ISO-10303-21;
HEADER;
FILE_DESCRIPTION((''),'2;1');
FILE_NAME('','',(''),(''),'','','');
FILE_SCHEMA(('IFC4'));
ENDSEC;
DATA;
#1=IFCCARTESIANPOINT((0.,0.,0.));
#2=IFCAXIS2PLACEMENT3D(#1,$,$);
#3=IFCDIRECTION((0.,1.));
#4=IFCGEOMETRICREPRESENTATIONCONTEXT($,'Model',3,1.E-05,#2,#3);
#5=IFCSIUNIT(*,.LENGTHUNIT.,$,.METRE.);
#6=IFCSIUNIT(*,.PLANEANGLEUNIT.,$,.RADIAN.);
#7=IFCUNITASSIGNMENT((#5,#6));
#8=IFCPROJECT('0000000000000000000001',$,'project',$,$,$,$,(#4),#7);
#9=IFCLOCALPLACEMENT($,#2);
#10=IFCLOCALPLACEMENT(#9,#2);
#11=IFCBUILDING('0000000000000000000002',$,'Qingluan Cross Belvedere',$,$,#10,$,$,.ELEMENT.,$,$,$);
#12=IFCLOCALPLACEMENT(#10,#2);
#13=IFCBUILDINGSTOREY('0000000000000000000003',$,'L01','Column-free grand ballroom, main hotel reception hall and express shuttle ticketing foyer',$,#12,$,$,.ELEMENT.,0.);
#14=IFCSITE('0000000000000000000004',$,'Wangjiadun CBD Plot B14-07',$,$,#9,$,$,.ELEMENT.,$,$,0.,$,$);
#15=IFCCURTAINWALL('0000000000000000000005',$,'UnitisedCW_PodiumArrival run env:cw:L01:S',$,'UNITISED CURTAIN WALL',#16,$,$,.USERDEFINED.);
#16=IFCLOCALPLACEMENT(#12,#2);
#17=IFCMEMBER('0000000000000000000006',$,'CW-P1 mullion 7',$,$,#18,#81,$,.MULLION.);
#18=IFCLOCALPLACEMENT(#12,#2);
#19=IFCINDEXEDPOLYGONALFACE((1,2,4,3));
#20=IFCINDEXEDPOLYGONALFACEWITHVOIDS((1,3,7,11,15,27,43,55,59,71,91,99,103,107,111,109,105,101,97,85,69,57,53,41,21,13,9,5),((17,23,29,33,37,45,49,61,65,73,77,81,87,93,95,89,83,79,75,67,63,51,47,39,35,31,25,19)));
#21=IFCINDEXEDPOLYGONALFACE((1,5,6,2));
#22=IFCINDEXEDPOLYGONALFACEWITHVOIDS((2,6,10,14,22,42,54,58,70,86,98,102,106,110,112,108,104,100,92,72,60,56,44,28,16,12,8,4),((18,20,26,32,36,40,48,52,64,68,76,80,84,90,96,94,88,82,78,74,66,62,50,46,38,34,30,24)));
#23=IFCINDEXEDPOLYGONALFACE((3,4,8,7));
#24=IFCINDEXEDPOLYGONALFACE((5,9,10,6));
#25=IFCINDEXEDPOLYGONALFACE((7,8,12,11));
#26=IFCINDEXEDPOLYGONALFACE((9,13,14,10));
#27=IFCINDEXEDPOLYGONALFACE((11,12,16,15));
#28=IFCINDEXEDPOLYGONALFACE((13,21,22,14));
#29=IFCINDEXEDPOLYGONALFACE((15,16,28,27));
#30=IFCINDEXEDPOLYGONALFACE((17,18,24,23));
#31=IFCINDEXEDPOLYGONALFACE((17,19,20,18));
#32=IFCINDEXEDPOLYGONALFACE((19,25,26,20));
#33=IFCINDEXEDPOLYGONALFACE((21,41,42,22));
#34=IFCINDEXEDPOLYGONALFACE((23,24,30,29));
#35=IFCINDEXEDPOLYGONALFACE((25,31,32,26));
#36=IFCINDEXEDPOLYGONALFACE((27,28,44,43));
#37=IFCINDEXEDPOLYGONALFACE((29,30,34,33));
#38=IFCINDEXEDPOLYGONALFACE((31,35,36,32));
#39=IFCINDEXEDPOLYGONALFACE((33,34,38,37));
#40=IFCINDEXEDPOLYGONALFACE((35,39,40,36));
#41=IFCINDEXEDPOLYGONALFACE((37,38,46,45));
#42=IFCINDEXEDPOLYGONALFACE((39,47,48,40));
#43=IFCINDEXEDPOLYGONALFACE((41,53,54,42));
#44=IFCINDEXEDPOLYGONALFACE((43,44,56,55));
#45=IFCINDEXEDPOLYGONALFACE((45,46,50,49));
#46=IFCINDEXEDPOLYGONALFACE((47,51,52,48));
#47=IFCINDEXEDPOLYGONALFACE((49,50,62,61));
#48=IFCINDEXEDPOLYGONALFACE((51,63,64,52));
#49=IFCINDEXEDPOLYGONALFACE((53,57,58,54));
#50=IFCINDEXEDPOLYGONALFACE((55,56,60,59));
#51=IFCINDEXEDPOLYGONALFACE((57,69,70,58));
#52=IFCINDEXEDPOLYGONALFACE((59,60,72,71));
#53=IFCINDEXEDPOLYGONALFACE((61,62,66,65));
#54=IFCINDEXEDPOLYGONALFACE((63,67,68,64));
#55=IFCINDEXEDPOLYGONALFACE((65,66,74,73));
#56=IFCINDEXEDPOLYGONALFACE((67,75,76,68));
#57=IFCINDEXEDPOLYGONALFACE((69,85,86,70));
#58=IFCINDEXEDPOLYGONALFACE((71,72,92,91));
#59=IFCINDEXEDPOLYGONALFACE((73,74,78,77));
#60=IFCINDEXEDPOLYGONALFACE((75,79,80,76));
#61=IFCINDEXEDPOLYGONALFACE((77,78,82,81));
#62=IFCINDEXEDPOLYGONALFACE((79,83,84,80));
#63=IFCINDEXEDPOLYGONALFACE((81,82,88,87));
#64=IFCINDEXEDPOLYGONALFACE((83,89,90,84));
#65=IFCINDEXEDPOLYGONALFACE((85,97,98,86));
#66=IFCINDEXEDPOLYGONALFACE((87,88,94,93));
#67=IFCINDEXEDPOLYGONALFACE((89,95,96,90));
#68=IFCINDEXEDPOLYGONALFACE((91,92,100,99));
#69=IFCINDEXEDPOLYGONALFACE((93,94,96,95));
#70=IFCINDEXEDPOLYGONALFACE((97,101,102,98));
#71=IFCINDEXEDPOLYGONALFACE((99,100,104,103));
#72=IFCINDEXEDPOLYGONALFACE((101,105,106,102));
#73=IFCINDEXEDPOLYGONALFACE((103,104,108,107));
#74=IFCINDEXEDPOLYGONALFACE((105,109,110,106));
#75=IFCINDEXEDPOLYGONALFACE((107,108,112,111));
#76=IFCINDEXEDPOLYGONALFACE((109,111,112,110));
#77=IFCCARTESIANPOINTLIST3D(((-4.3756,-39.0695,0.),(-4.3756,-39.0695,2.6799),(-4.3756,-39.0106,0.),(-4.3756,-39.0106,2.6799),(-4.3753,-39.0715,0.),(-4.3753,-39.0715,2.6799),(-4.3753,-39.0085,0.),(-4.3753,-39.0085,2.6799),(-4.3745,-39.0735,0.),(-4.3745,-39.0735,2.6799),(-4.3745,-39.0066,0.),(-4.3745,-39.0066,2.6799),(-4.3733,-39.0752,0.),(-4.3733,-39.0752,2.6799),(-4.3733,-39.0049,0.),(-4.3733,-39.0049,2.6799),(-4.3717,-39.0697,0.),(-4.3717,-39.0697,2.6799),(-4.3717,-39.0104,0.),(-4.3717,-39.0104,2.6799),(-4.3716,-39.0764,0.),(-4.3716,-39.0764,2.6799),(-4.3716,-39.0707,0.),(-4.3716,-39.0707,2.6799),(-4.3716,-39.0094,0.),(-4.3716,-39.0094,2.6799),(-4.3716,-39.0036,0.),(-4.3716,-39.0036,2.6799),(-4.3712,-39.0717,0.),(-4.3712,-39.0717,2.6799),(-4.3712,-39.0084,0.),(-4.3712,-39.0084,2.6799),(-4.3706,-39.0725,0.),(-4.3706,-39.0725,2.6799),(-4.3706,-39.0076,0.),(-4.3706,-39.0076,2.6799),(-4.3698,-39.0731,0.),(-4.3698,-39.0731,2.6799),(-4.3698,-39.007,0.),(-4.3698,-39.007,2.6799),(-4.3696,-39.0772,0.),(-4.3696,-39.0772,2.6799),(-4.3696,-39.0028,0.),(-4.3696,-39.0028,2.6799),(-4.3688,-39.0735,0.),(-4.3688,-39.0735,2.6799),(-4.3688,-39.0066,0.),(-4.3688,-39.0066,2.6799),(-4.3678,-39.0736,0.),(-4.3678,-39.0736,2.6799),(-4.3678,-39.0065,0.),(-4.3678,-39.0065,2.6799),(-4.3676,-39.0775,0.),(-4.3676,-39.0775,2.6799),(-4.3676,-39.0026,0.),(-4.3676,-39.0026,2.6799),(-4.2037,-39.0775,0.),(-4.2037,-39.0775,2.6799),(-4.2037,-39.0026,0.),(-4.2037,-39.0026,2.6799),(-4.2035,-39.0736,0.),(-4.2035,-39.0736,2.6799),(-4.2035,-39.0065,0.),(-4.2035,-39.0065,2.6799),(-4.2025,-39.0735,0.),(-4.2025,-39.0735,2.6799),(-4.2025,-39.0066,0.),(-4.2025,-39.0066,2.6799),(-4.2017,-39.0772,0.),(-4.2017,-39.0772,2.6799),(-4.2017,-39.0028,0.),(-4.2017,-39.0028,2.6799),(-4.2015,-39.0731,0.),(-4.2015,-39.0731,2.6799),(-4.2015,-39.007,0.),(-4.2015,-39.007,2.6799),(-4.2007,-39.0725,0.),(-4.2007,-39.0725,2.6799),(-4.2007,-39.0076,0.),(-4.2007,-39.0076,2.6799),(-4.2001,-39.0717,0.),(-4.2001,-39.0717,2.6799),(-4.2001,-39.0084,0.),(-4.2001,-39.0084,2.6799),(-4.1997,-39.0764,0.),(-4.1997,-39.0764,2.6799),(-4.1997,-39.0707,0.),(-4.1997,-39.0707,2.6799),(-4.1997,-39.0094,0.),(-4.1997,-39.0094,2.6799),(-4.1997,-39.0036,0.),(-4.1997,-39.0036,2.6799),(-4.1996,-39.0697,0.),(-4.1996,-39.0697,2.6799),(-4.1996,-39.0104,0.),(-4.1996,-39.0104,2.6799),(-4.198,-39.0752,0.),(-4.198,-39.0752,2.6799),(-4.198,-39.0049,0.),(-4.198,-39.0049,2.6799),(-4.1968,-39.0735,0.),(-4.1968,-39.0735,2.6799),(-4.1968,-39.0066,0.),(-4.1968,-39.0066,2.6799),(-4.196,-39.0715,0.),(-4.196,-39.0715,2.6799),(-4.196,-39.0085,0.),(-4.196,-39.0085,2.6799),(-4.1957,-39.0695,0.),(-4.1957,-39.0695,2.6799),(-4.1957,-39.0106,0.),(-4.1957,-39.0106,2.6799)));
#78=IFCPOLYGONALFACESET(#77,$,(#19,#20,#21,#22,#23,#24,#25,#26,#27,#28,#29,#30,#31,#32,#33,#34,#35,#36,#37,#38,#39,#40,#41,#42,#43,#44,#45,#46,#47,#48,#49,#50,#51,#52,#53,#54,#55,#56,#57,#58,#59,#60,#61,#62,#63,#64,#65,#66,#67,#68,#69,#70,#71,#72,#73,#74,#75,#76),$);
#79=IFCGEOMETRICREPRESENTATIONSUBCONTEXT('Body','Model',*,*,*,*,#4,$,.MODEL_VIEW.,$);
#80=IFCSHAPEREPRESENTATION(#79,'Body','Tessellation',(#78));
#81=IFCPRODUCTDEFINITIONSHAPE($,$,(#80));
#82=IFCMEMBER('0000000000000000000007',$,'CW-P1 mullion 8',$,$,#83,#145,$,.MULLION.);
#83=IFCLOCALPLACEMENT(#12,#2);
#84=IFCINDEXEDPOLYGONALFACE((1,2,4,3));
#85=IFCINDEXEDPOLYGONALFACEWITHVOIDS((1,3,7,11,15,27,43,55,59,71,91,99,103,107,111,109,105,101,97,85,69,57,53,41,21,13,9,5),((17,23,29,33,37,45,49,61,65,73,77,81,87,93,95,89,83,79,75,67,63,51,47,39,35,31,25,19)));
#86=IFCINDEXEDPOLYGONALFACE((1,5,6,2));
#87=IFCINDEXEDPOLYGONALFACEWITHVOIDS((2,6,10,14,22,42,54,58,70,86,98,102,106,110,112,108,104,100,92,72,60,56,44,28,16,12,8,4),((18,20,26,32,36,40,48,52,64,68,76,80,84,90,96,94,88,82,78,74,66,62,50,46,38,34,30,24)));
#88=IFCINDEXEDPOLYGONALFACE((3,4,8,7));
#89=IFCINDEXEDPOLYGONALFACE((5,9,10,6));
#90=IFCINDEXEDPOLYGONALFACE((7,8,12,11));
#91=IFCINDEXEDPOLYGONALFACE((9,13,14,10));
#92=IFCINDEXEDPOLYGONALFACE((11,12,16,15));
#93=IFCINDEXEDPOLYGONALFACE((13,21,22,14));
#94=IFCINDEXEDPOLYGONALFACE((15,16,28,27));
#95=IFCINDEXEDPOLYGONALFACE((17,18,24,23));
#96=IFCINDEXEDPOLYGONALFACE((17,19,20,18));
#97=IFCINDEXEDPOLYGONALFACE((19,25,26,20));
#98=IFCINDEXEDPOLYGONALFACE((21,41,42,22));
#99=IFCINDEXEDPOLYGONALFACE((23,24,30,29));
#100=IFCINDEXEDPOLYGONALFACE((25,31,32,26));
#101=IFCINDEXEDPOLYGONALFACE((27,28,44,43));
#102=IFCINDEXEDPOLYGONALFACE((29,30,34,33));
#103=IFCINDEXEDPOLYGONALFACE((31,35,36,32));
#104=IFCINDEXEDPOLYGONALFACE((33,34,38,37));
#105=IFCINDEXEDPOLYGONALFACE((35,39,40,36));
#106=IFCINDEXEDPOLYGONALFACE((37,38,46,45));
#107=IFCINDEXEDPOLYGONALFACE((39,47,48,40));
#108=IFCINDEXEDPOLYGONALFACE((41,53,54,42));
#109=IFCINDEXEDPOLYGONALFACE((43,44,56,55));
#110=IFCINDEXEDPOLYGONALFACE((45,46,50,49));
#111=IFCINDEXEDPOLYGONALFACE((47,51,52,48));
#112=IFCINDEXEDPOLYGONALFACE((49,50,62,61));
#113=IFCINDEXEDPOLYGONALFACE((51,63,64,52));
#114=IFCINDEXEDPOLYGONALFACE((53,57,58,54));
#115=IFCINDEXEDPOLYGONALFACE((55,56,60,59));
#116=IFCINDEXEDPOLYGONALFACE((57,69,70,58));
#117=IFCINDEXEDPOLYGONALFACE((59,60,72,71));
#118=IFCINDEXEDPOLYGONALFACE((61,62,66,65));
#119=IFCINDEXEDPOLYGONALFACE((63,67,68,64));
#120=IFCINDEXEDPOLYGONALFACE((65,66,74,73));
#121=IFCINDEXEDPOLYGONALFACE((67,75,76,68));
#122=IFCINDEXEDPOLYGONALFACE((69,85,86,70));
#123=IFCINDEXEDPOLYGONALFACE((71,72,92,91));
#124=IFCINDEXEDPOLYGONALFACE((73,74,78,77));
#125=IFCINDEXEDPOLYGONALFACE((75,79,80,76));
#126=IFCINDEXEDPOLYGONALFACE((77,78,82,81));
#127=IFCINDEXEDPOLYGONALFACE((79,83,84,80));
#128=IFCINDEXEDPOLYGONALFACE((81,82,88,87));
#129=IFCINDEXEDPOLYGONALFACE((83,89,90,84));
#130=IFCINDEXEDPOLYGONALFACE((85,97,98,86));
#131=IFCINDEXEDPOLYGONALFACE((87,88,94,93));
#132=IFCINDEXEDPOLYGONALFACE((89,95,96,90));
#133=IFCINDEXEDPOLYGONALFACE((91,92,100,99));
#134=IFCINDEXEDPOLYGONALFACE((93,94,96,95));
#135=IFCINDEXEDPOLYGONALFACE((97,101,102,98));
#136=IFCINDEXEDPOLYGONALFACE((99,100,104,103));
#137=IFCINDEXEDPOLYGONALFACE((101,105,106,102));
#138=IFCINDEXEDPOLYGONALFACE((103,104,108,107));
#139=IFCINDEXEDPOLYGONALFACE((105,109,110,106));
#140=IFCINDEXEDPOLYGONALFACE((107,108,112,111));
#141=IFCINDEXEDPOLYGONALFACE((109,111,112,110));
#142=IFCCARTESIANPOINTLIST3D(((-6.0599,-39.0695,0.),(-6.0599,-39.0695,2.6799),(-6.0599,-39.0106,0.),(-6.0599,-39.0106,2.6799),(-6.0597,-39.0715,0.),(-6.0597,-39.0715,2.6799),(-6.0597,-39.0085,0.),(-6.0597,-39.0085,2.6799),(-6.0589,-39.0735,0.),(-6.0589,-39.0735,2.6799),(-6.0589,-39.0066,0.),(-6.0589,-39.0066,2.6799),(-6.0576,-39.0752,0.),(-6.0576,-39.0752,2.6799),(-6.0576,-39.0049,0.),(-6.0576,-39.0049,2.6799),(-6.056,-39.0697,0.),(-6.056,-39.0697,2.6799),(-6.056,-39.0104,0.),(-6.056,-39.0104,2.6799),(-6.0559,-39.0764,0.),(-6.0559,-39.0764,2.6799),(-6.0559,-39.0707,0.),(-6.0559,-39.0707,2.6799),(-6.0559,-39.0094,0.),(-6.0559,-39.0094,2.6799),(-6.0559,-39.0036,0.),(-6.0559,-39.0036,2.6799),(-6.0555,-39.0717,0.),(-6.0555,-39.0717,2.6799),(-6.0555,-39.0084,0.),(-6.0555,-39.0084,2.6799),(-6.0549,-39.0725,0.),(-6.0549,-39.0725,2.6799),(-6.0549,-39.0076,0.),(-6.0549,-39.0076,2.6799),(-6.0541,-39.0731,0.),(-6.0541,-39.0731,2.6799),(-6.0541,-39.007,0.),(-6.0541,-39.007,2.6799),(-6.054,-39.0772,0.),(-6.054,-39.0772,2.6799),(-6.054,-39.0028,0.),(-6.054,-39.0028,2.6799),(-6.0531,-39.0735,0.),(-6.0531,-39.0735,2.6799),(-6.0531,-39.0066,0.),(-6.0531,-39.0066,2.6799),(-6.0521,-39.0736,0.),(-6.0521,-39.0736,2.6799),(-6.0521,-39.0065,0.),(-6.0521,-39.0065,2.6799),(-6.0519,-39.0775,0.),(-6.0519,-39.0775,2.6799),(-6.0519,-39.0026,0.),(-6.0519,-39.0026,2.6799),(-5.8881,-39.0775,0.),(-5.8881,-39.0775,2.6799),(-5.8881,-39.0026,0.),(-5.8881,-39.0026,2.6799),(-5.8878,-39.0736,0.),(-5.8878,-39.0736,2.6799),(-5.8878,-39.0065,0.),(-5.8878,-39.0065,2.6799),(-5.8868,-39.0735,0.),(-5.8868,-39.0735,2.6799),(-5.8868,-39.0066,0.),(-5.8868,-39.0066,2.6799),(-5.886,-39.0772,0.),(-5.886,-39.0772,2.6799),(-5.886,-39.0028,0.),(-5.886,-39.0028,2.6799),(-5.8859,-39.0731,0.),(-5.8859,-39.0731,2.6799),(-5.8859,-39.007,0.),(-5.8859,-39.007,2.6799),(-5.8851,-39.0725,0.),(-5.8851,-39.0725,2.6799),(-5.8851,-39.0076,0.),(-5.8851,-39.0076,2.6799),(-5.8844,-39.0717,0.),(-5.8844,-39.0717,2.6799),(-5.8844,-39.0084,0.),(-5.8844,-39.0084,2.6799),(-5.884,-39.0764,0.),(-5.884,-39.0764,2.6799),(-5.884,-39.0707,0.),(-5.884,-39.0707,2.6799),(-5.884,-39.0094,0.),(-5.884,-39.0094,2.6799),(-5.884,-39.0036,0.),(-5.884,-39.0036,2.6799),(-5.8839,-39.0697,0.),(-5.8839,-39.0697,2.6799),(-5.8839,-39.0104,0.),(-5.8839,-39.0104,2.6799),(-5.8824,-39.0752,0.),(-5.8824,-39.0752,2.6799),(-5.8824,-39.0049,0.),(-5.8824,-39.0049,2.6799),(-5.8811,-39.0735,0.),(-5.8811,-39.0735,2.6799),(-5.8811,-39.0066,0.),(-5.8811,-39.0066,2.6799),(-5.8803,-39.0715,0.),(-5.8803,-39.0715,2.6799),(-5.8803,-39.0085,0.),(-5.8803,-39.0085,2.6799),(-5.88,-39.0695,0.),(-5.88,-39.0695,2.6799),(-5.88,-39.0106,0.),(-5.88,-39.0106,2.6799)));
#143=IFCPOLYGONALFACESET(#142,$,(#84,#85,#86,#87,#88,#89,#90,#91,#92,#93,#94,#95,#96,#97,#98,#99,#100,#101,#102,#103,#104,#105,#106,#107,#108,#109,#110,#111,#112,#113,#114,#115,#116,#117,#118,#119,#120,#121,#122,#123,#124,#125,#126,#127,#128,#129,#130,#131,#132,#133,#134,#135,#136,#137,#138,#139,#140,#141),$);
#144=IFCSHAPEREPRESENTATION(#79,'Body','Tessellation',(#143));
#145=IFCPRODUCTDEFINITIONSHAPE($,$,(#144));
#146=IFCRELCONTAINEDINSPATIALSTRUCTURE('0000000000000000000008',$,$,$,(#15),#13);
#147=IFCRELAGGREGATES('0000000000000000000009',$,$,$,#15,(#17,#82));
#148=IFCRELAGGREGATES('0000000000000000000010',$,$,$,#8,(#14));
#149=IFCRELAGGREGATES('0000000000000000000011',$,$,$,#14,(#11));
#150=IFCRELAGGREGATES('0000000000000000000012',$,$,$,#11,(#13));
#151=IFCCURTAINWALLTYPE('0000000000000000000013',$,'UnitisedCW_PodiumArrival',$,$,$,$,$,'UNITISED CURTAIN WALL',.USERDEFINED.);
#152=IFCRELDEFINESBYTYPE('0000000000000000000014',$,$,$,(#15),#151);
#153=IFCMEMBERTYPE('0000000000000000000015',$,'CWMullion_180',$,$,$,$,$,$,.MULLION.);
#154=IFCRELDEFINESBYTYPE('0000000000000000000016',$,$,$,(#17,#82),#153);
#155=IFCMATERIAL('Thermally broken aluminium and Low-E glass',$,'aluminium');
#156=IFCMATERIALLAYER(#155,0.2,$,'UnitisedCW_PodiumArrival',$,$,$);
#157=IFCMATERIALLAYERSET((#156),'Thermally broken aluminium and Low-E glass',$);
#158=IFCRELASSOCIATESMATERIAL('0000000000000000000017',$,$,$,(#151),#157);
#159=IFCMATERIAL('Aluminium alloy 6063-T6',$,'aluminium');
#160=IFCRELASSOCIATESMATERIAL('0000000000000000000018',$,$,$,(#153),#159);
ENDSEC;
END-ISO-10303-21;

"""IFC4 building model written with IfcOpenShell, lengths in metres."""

from ifc_helpers import new_model, si_unit, direction, frame, origin, origin_2d, place, context, subcontext, project, spatial, hollow_rectangle, extrude, material, layer, layer_set, material_profile, profile_set, type_object, element, aggregate, save


model = new_model("IFC4")

# Units and contexts
model_context = context("Model", 3, precision=1e-05, world=origin(), true_north=direction((0.0, 1.0)))
body_context = subcontext(model_context, "Body", "Model", "MODEL_VIEW")
ifc_project = project(units=[si_unit("LENGTHUNIT", "METRE"), si_unit("PLANEANGLEUNIT", "RADIAN")], contexts=[model_context])

# Site, building, storey
site_placement = place(None, origin())
site = spatial("IfcSite", under=ifc_project, at=site_placement, Name="Wangjiadun CBD Plot B14-07", CompositionType="ELEMENT", RefElevation=0.0)
building_placement = place(site_placement, origin())
building = spatial("IfcBuilding", under=site, at=building_placement, Name="Qingluan Cross Belvedere", CompositionType="ELEMENT")
storey_placement = place(building_placement, origin())
storey = spatial("IfcBuildingStorey", under=building, at=storey_placement, Name="L01", Description="Column-free grand ballroom, main hotel reception hall and express shuttle ticketing foyer", CompositionType="ELEMENT", Elevation=0.0)

# Curtain wall, members
ifc_material_1 = material(Name="Thermally broken aluminium and Low-E glass", Category="aluminium")
ifc_layer_1 = layer(ifc_material_1, 0.2, Name="UnitisedCW_PodiumArrival")
ifc_layer_set_1 = layer_set([ifc_layer_1], Name="Thermally broken aluminium and Low-E glass")
curtain_wall_type = type_object("IfcCurtainWallType", Name="UnitisedCW_PodiumArrival", ElementType="UNITISED CURTAIN WALL", PredefinedType="USERDEFINED", material=ifc_layer_set_1)
curtain_wall_placement = place(storey_placement, origin())
curtain_wall = element("IfcCurtainWall", 1, at=curtain_wall_placement, inside=storey, type_object=curtain_wall_type, Name="UnitisedCW_PodiumArrival run env:cw:L01:S", ObjectType="UNITISED CURTAIN WALL", PredefinedType="USERDEFINED")
ifc_material_2 = material(Name="Aluminium alloy 6063-T6", Category="aluminium")
ifc_material_profile_1 = material_profile(ifc_material_2, hollow_rectangle(XDim=0.075, YDim=0.1799, WallThickness=0.0039, InnerFilletRadius=0.0039, OuterFilletRadius=0.0081, at=origin_2d()), Name="CWM180x75x4")
ifc_profile_set_1 = profile_set([ifc_material_profile_1], Name="Aluminium alloy 6063-T6")
member_type_1 = type_object("IfcMemberType", Name="CWMullion_180", PredefinedType="MULLION", material=ifc_profile_set_1)
member_1_placement = place(storey_placement, frame((-4.2856, -39.04, 0.0), z_axis=(0.0, 0.0, 1.0), x_axis=(0.0, -1.0, 0.0)))
member_1 = element("IfcMember", 2, at=member_1_placement, type_object=member_type_1, Name="CW-P1 mullion 7", PredefinedType="MULLION", context=body_context, shape_type="SweptSolid", body=[
    extrude(hollow_rectangle(XDim=0.075, YDim=0.1799, WallThickness=0.0039, InnerFilletRadius=0.0039, OuterFilletRadius=0.0081, at=origin_2d()), origin(), (0.0, 0.0, 1.0), 2.6799),
])
member_2_placement = place(storey_placement, frame((-5.97, -39.04, 0.0), z_axis=(0.0, 0.0, 1.0), x_axis=(0.0, -1.0, 0.0)))
member_2 = element("IfcMember", 3, at=member_2_placement, type_object=member_type_1, Name="CW-P1 mullion 8", PredefinedType="MULLION", context=body_context, shape_type="SweptSolid", body=[
    extrude(hollow_rectangle(XDim=0.075, YDim=0.1799, WallThickness=0.0039, InnerFilletRadius=0.0039, OuterFilletRadius=0.0081, at=origin_2d()), origin(), (0.0, 0.0, 1.0), 2.6799),
])

aggregate(curtain_wall, [member_1, member_2])

save(model, "model.ifc")
